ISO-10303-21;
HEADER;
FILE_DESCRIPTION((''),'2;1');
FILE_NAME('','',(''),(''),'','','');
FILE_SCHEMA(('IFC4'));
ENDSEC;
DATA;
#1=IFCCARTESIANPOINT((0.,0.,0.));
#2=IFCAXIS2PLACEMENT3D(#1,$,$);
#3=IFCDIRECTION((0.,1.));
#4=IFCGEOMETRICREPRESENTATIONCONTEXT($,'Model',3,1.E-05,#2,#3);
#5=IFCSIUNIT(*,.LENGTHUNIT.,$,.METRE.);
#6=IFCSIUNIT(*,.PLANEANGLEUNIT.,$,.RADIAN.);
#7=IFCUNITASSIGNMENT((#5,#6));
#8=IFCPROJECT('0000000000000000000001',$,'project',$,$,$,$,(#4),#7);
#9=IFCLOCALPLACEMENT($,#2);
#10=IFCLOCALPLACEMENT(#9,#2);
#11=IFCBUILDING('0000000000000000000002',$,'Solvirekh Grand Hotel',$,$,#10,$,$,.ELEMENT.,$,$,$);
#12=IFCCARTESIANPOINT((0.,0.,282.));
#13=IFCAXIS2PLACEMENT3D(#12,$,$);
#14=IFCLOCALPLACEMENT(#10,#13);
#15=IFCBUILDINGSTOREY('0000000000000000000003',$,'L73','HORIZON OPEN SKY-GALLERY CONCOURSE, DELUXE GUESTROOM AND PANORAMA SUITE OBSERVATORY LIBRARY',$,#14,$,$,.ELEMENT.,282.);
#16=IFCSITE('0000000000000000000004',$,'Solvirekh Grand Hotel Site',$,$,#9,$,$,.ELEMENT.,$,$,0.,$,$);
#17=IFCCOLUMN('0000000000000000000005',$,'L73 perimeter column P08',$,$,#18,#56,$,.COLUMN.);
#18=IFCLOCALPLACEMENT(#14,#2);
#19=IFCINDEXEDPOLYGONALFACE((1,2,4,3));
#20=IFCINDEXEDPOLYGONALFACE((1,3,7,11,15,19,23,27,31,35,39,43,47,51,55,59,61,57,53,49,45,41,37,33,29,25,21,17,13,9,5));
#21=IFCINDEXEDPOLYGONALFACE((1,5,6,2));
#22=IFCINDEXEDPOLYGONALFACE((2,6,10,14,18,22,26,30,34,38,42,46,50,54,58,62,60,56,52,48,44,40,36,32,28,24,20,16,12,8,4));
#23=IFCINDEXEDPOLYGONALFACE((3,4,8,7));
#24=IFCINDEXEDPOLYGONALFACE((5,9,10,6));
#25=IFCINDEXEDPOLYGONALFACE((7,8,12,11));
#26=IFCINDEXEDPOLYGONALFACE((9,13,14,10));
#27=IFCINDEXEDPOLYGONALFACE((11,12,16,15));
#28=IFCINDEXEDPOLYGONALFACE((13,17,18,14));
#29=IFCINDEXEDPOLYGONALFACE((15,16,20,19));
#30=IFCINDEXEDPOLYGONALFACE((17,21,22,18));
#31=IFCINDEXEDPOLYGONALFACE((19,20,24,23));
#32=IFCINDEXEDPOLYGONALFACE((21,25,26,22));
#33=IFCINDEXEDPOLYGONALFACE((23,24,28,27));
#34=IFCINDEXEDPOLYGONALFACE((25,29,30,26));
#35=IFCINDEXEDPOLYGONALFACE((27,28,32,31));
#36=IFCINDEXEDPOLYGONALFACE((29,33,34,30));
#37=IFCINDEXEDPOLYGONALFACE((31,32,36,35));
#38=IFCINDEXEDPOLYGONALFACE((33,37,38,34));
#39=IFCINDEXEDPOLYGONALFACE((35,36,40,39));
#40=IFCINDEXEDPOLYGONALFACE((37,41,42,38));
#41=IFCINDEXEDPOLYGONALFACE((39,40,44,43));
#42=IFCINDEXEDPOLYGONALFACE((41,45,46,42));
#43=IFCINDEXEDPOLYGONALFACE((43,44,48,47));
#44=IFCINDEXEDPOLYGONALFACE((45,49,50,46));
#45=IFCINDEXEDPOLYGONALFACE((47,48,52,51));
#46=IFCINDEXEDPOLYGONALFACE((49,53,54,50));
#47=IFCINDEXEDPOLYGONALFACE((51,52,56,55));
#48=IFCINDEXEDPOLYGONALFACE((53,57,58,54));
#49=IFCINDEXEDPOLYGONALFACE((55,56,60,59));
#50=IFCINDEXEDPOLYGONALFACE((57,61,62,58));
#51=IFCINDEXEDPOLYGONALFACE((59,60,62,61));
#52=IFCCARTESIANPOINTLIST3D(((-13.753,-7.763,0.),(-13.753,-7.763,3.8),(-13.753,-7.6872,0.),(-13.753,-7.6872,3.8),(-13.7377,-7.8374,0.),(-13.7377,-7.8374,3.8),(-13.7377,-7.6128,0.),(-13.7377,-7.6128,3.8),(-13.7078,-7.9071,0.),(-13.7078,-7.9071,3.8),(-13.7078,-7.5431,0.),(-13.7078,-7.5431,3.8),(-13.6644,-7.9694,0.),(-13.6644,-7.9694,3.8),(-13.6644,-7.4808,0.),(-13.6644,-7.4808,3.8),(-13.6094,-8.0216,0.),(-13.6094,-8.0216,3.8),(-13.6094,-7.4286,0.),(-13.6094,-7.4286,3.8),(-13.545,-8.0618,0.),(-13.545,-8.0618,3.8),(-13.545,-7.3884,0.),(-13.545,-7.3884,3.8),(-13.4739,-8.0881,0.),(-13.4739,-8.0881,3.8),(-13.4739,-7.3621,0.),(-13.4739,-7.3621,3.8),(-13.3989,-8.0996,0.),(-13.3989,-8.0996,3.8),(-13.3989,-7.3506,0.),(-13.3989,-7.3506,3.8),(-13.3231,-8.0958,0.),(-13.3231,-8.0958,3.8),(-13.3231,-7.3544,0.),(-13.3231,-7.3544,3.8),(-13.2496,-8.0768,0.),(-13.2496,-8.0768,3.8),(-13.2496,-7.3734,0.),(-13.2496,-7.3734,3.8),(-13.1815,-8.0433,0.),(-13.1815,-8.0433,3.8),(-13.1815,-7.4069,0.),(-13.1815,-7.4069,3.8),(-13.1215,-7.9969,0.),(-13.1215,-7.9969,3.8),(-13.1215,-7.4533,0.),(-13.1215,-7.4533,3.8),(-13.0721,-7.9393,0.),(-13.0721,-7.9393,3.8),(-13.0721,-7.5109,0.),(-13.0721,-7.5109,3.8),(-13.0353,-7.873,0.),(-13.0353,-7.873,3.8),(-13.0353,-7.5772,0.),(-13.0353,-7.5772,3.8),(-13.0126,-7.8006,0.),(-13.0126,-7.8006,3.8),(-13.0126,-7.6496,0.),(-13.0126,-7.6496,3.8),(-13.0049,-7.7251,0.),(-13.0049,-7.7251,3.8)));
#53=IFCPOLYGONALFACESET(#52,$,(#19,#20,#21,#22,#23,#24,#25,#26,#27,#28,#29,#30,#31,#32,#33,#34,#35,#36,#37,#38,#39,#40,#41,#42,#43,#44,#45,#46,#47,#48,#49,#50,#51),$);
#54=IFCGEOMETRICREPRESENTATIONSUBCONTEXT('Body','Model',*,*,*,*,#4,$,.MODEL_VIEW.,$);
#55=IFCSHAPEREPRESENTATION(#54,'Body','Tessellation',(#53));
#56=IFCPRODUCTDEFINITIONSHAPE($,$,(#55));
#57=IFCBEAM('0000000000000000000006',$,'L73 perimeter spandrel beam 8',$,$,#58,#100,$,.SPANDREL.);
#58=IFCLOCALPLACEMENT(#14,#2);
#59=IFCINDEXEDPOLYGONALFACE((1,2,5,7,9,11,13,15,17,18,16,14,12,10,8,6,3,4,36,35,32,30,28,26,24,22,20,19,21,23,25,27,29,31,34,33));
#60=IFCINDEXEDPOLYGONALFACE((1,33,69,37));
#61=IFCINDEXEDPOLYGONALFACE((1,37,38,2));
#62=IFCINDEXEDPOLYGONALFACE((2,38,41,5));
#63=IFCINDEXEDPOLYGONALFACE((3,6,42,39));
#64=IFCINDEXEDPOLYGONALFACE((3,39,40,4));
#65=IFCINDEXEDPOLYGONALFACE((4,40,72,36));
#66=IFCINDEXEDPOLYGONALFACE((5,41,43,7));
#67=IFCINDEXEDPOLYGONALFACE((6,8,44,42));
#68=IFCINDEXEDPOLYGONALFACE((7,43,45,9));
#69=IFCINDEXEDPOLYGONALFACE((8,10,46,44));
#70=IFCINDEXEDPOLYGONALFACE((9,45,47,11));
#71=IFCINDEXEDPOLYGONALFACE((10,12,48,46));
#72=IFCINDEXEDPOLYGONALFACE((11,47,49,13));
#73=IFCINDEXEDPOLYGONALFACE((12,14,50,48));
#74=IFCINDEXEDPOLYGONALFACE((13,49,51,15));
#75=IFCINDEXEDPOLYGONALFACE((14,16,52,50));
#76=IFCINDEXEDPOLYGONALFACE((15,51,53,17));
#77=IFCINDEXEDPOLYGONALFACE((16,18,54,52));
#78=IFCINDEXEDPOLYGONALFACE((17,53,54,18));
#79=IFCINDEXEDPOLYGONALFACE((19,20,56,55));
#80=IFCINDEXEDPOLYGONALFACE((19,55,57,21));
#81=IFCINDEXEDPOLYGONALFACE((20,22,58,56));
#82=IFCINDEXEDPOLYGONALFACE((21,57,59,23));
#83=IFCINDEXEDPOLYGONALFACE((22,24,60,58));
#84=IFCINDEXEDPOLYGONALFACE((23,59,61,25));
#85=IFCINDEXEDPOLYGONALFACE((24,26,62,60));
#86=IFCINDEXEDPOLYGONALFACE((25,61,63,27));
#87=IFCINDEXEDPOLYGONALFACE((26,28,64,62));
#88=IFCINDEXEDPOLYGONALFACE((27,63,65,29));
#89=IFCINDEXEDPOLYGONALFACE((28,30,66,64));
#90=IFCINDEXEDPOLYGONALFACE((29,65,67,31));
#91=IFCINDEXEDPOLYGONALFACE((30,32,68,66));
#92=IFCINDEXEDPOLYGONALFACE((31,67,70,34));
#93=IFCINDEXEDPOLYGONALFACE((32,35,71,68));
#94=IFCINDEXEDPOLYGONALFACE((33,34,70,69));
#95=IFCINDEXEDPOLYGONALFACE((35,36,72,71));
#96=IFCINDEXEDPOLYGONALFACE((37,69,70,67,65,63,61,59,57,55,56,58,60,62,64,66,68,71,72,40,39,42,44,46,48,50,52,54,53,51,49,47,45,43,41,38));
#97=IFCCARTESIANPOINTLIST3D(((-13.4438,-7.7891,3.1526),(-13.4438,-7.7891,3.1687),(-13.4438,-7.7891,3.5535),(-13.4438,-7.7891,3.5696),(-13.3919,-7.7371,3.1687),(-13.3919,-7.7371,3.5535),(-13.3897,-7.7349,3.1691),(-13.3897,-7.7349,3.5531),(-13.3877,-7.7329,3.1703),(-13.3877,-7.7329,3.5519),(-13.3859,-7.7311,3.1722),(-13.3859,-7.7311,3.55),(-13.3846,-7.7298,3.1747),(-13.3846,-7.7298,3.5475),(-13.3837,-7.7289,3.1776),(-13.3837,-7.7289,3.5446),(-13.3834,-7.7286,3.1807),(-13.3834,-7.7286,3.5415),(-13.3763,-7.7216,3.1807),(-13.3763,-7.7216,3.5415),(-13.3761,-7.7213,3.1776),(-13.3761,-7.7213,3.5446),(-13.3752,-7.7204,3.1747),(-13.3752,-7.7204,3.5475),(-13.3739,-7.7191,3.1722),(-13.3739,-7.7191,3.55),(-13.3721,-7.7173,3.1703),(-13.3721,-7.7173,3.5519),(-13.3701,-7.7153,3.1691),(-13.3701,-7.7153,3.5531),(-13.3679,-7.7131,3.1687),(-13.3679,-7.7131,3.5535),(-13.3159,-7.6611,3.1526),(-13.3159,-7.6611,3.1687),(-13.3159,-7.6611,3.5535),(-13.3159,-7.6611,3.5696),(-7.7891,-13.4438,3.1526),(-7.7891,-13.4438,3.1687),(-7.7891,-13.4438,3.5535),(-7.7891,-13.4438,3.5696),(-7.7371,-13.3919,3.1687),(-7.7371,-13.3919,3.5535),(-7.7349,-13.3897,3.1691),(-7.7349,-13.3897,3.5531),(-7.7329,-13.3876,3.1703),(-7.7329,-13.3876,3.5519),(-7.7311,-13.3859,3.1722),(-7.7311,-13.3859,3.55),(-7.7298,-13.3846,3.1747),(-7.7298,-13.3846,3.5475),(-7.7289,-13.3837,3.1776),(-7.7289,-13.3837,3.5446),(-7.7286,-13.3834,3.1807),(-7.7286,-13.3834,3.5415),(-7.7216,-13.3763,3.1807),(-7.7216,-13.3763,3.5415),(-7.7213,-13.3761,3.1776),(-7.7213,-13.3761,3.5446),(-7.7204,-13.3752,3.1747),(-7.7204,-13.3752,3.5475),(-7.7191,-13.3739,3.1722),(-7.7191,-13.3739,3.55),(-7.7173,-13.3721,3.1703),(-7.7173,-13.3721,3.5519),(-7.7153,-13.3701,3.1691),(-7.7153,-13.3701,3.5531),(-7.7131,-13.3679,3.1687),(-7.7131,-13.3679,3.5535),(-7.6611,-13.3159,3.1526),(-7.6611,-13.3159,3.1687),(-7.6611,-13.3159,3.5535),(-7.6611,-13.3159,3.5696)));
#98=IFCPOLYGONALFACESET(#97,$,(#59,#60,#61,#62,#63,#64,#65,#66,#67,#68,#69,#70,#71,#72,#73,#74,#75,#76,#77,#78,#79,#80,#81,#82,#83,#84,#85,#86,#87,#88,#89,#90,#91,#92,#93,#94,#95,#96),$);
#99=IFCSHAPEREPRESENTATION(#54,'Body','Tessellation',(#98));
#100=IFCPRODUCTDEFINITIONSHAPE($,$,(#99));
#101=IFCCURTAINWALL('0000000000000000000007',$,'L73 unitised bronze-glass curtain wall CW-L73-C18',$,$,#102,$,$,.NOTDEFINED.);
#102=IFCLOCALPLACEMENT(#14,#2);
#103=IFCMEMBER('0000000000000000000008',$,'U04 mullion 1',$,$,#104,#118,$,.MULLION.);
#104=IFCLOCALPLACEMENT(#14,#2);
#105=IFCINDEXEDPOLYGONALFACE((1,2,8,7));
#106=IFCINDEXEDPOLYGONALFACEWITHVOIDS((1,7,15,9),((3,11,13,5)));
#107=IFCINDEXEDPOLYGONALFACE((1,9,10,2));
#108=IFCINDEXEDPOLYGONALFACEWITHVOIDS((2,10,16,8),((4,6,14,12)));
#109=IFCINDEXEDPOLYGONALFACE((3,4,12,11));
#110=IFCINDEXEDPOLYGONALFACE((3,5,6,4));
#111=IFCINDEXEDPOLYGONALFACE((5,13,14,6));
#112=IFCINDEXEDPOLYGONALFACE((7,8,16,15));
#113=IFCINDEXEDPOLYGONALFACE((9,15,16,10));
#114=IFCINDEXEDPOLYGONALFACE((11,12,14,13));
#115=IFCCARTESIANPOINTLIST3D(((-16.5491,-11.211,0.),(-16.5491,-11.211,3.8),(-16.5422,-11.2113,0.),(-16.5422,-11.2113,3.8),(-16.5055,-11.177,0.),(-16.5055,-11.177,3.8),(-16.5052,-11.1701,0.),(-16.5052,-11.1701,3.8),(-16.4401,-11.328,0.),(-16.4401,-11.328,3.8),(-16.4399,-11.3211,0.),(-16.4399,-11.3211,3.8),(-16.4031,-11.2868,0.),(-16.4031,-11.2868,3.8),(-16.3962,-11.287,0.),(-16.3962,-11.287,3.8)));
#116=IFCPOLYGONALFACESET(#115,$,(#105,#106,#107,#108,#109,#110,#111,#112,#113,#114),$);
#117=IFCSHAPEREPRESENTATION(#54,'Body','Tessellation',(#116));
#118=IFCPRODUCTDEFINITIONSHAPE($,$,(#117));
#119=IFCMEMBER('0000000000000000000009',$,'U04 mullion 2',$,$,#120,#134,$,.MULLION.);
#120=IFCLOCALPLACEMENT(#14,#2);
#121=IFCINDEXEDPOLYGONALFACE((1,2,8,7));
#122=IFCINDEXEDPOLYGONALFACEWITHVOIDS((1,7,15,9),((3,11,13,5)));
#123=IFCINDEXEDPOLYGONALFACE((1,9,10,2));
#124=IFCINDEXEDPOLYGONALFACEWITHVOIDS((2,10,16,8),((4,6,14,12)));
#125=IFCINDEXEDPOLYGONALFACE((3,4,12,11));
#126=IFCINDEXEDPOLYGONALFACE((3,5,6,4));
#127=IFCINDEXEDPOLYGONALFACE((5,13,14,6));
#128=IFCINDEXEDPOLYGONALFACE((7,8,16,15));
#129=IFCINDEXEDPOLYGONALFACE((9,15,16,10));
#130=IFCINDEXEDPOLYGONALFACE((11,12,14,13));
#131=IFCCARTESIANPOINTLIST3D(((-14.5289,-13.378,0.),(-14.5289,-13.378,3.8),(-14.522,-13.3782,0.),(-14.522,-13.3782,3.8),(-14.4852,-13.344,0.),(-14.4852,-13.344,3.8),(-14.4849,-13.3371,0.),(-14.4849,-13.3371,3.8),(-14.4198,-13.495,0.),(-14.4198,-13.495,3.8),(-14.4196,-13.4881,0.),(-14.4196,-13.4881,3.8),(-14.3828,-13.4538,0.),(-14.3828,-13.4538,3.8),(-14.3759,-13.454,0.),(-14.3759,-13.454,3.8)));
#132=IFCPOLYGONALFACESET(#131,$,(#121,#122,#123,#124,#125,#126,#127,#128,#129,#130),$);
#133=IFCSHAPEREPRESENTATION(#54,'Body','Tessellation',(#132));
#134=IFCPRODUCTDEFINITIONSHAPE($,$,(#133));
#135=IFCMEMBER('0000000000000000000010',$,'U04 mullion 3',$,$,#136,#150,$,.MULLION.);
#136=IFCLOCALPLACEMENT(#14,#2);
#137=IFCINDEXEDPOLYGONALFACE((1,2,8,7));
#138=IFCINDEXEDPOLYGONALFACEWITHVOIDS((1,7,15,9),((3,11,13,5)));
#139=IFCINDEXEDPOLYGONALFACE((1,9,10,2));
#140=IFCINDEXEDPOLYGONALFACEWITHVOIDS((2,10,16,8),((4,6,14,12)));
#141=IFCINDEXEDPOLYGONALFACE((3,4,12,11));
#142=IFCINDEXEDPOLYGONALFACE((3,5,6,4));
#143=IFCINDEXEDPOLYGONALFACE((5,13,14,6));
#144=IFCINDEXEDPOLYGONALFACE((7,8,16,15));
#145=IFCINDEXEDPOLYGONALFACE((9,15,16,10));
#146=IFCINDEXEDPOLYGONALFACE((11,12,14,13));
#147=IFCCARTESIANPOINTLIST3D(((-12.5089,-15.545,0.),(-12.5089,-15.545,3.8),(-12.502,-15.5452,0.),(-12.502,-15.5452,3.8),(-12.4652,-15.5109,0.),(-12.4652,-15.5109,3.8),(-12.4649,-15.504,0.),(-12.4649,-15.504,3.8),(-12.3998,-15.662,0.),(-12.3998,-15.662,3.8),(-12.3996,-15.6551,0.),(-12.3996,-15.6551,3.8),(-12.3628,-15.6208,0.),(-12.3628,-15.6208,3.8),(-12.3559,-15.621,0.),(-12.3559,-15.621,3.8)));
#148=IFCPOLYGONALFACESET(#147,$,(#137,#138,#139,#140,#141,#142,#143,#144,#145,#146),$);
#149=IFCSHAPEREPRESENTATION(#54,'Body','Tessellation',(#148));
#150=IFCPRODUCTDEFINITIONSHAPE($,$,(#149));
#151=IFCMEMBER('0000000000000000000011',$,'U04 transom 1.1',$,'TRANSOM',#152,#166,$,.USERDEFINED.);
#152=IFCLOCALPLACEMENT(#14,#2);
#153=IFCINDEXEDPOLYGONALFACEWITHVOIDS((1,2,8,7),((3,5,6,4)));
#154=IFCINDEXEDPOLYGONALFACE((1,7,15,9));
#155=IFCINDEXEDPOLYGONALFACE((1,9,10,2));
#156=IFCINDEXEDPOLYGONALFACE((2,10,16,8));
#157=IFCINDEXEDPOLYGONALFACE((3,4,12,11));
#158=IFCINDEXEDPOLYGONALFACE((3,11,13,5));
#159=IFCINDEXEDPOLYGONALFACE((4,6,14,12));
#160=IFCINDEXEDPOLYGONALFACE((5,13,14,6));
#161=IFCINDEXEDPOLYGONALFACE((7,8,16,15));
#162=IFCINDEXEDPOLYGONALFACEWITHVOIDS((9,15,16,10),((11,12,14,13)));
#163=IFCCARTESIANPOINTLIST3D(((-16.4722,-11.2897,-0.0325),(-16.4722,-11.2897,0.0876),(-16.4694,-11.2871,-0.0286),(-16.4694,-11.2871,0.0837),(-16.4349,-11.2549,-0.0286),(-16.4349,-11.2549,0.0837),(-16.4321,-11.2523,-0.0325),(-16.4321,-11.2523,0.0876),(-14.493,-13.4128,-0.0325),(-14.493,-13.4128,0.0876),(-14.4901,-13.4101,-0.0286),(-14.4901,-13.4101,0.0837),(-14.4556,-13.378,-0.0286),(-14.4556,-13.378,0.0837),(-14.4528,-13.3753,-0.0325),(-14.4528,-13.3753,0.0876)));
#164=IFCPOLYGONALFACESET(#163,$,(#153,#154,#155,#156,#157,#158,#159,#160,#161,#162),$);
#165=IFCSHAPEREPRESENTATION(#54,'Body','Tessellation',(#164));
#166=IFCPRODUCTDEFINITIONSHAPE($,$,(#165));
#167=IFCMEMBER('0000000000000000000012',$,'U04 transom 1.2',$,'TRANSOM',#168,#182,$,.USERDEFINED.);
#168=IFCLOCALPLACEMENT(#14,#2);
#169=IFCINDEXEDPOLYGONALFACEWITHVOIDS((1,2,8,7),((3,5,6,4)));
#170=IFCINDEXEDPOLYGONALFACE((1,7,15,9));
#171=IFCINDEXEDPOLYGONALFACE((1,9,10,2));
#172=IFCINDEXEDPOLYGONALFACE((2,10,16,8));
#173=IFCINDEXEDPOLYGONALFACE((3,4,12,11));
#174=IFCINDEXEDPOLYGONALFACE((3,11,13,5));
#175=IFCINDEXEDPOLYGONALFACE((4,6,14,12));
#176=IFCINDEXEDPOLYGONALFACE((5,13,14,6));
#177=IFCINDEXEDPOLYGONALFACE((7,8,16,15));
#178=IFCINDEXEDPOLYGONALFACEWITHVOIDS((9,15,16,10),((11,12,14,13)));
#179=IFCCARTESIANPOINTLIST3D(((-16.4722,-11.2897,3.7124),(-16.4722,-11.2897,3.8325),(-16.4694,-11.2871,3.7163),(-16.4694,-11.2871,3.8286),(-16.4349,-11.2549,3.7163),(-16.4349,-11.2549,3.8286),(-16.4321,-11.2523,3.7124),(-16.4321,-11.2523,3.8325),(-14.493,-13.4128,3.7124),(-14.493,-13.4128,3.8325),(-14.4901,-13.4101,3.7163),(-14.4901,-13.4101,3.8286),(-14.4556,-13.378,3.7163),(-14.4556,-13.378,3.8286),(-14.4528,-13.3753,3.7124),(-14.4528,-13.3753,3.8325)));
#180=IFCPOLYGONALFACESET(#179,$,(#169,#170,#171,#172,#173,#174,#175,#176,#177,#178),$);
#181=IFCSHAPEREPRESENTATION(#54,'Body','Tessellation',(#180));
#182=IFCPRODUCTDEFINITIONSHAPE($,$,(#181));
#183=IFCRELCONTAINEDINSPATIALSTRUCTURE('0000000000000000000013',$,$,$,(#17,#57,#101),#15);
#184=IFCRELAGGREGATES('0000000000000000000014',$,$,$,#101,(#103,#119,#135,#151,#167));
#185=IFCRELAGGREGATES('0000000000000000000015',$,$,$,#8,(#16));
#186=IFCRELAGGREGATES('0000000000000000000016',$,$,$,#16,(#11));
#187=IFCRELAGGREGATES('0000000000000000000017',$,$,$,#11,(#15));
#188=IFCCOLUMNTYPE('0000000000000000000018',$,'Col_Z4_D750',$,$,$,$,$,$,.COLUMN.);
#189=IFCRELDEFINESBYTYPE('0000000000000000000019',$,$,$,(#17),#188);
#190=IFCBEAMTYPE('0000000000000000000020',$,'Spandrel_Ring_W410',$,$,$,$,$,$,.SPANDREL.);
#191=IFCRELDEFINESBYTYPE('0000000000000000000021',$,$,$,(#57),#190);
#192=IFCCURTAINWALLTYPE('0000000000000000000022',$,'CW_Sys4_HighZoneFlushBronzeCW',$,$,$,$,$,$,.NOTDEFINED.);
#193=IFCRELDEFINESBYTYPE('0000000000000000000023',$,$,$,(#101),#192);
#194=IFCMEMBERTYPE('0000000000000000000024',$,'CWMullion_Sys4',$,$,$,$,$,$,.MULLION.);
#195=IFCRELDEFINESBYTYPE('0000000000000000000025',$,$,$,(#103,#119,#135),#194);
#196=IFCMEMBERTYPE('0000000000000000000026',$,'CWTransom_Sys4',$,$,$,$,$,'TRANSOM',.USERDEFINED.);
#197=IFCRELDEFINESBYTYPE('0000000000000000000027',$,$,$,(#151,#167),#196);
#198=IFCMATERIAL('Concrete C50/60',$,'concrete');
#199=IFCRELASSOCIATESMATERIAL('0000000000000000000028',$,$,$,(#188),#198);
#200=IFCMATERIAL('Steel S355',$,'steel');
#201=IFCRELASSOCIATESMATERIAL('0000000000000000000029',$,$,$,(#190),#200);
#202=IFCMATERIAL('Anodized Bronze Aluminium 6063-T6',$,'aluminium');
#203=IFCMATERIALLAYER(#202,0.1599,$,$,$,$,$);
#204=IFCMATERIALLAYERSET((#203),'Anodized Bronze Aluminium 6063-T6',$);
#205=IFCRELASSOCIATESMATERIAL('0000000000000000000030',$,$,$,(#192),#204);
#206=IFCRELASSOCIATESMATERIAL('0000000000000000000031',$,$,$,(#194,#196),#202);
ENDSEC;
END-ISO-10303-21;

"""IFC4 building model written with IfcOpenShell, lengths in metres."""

from ifc_helpers import new_model, si_unit, direction, frame, origin, origin_2d, place, context, subcontext, project, spatial, hollow_rectangle, circle, i_section, extrude, source, transform, mapped, material, layer, layer_set, material_profile, profile_set, type_object, element, aggregate, save


model = new_model("IFC4")

# Units and contexts
model_context = context("Model", 3, precision=1e-05, world=origin(), true_north=direction((0.0, 1.0)))
body_context = subcontext(model_context, "Body", "Model", "MODEL_VIEW")
ifc_project = project(units=[si_unit("LENGTHUNIT", "METRE"), si_unit("PLANEANGLEUNIT", "RADIAN")], contexts=[model_context])

# Site, building, storey
site_placement = place(None, origin())
site = spatial("IfcSite", under=ifc_project, at=site_placement, Name="Solvirekh Grand Hotel Site", CompositionType="ELEMENT", RefElevation=0.0)
building_placement = place(site_placement, origin())
building = spatial("IfcBuilding", under=site, at=building_placement, Name="Solvirekh Grand Hotel", CompositionType="ELEMENT")
storey_placement = place(building_placement, frame((0.0, 0.0, 282.0)))
storey = spatial("IfcBuildingStorey", under=building, at=storey_placement, Name="L73", Description="HORIZON OPEN SKY-GALLERY CONCOURSE, DELUXE GUESTROOM AND PANORAMA SUITE OBSERVATORY LIBRARY", CompositionType="ELEMENT", Elevation=282.0)

# Column
ifc_material_1 = material(Name="Concrete C50/60", Category="concrete")
ifc_material_profile_1 = material_profile(ifc_material_1, circle(Radius=0.375, at=origin_2d()), Name="RC CIRC D750")
ifc_profile_set_1 = profile_set([ifc_material_profile_1], Name="Concrete C50/60")
column_type = type_object("IfcColumnType", Name="Col_Z4_D750", PredefinedType="COLUMN", material=ifc_profile_set_1)
column_placement = place(storey_placement, frame((-13.3799, -7.7251, 0.0), z_axis=(0.0, 0.0, 1.0), x_axis=(1.0, 0.0, 0.0)))
element("IfcColumn", 1, at=column_placement, inside=storey, type_object=column_type, Name="L73 perimeter column P08", PredefinedType="COLUMN", context=body_context, shape_type="SweptSolid", body=[
    extrude(circle(Radius=0.375, at=origin_2d()), origin(), (0.0, 0.0, 1.0), 3.8),
])

# Beam
ifc_material_2 = material(Name="Steel S355", Category="steel")
ifc_material_profile_2 = material_profile(ifc_material_2, i_section(OverallWidth=0.1809, OverallDepth=0.417, WebThickness=0.01, FlangeThickness=0.0161, FilletRadius=0.012, at=origin_2d()), Name="W410X85")
ifc_profile_set_2 = profile_set([ifc_material_profile_2], Name="Steel S355")
beam_type = type_object("IfcBeamType", Name="Spandrel_Ring_W410", PredefinedType="SPANDREL", material=ifc_profile_set_2)
beam_placement = place(storey_placement, frame((-13.3799, -7.7251, 3.3611), z_axis=(0.707107, -0.707107, 0.0), x_axis=(0.707107, 0.707107, 0.0)))
element("IfcBeam", 2, at=beam_placement, inside=storey, type_object=beam_type, Name="L73 perimeter spandrel beam 8", PredefinedType="SPANDREL", context=body_context, shape_type="SweptSolid", body=[
    extrude(i_section(OverallWidth=0.1809, OverallDepth=0.417, WebThickness=0.01, FlangeThickness=0.0161, FilletRadius=0.012, at=origin_2d()), origin(), (0.0, 0.0, 1.0), 7.9971),
])

# Curtain wall, members
ifc_material_3 = material(Name="Anodized Bronze Aluminium 6063-T6", Category="aluminium")
ifc_layer_1 = layer(ifc_material_3, 0.1599)
ifc_layer_set_1 = layer_set([ifc_layer_1], Name="Anodized Bronze Aluminium 6063-T6")
curtain_wall_type = type_object("IfcCurtainWallType", Name="CW_Sys4_HighZoneFlushBronzeCW", PredefinedType="NOTDEFINED", material=ifc_layer_set_1)
curtain_wall_placement = place(storey_placement, origin())
curtain_wall = element("IfcCurtainWall", 3, at=curtain_wall_placement, inside=storey, type_object=curtain_wall_type, Name="L73 unitised bronze-glass curtain wall CW-L73-C18", PredefinedType="NOTDEFINED")
ifc_material_profile_3 = material_profile(ifc_material_3, hollow_rectangle(XDim=0.0601, YDim=0.1599, WallThickness=0.0049, at=origin_2d()), Name="ALU RHS 160X60X5")
ifc_profile_set_3 = profile_set([ifc_material_profile_3], Name="Anodized Bronze Aluminium 6063-T6")
member_type_1 = type_object("IfcMemberType", Name="CWMullion_Sys4", PredefinedType="MULLION", material=ifc_profile_set_3)
shared_shape_1 = source(origin(), body_context, "Body", "SweptSolid", [
    extrude(hollow_rectangle(XDim=0.0601, YDim=0.1599, WallThickness=0.0049, at=origin_2d()), origin(), (0.0, 0.0, 1.0), 3.8),
])
member_1_placement = place(storey_placement, frame((-16.4727, -11.249, 0.0), z_axis=(0.0, 0.0, 1.0), x_axis=(0.731483, 0.68186, 0.0)))
member_1 = element("IfcMember", 4, at=member_1_placement, type_object=member_type_1, Name="U04 mullion 1", PredefinedType="MULLION", context=body_context, shape_type="MappedRepresentation", body=[
    mapped(shared_shape_1, transform((0.0, 0.0, 0.0), x_axis=(1.0, 0.0, 0.0), y_axis=(0.0, 1.0, 0.0), z_axis=(0.0, 0.0, 1.0), scale=1.0)),
])
member_2_placement = place(storey_placement, frame((-14.4524, -13.416, 0.0), z_axis=(0.0, 0.0, 1.0), x_axis=(0.731483, 0.68186, 0.0)))
member_2 = element("IfcMember", 5, at=member_2_placement, type_object=member_type_1, Name="U04 mullion 2", PredefinedType="MULLION", context=body_context, shape_type="MappedRepresentation", body=[
    mapped(shared_shape_1, transform((0.0, 0.0, 0.0), x_axis=(1.0, 0.0, 0.0), y_axis=(0.0, 1.0, 0.0), z_axis=(0.0, 0.0, 1.0), scale=1.0)),
])
member_3_placement = place(storey_placement, frame((-12.4324, -15.583, 0.0), z_axis=(0.0, 0.0, 1.0), x_axis=(0.731483, 0.68186, 0.0)))
member_3 = element("IfcMember", 6, at=member_3_placement, type_object=member_type_1, Name="U04 mullion 3", PredefinedType="MULLION", context=body_context, shape_type="MappedRepresentation", body=[
    mapped(shared_shape_1, transform((0.0, 0.0, 0.0), x_axis=(1.0, 0.0, 0.0), y_axis=(0.0, 1.0, 0.0), z_axis=(0.0, 0.0, 1.0), scale=1.0)),
])
ifc_material_profile_4 = material_profile(ifc_material_3, hollow_rectangle(XDim=0.0549, YDim=0.1201, WallThickness=0.0039, at=origin_2d()), Name="ALU RHS 120X55X4")
ifc_profile_set_4 = profile_set([ifc_material_profile_4], Name="Anodized Bronze Aluminium 6063-T6")
member_type_2 = type_object("IfcMemberType", Name="CWTransom_Sys4", ElementType="TRANSOM", PredefinedType="USERDEFINED", material=ifc_profile_set_4)
shared_shape_2 = source(origin(), body_context, "Body", "SweptSolid", [
    extrude(hollow_rectangle(XDim=0.0549, YDim=0.1201, WallThickness=0.0039, at=origin_2d()), origin(), (0.0, 0.0, 1.0), 2.9026),
])
member_4_placement = place(storey_placement, frame((-16.4521, -11.271, 0.0276), z_axis=(0.681902, -0.731444, 0.0), x_axis=(0.731444, 0.681902, 0.0)))
member_4 = element("IfcMember", 7, at=member_4_placement, type_object=member_type_2, Name="U04 transom 1.1", ObjectType="TRANSOM", PredefinedType="USERDEFINED", context=body_context, shape_type="MappedRepresentation", body=[
    mapped(shared_shape_2, transform((0.0, 0.0, 0.0), x_axis=(1.0, 0.0, 0.0), y_axis=(0.0, 1.0, 0.0), z_axis=(0.0, 0.0, 1.0), scale=1.0)),
])
member_5_placement = place(storey_placement, frame((-16.4521, -11.271, 3.7725), z_axis=(0.681902, -0.731444, 0.0), x_axis=(0.731444, 0.681902, 0.0)))
member_5 = element("IfcMember", 8, at=member_5_placement, type_object=member_type_2, Name="U04 transom 1.2", ObjectType="TRANSOM", PredefinedType="USERDEFINED", context=body_context, shape_type="MappedRepresentation", body=[
    mapped(shared_shape_2, transform((0.0, 0.0, 0.0), x_axis=(1.0, 0.0, 0.0), y_axis=(0.0, 1.0, 0.0), z_axis=(0.0, 0.0, 1.0), scale=1.0)),
])
aggregate(curtain_wall, [member_1, member_2, member_3, member_4, member_5])

save(model, "model.ifc")
